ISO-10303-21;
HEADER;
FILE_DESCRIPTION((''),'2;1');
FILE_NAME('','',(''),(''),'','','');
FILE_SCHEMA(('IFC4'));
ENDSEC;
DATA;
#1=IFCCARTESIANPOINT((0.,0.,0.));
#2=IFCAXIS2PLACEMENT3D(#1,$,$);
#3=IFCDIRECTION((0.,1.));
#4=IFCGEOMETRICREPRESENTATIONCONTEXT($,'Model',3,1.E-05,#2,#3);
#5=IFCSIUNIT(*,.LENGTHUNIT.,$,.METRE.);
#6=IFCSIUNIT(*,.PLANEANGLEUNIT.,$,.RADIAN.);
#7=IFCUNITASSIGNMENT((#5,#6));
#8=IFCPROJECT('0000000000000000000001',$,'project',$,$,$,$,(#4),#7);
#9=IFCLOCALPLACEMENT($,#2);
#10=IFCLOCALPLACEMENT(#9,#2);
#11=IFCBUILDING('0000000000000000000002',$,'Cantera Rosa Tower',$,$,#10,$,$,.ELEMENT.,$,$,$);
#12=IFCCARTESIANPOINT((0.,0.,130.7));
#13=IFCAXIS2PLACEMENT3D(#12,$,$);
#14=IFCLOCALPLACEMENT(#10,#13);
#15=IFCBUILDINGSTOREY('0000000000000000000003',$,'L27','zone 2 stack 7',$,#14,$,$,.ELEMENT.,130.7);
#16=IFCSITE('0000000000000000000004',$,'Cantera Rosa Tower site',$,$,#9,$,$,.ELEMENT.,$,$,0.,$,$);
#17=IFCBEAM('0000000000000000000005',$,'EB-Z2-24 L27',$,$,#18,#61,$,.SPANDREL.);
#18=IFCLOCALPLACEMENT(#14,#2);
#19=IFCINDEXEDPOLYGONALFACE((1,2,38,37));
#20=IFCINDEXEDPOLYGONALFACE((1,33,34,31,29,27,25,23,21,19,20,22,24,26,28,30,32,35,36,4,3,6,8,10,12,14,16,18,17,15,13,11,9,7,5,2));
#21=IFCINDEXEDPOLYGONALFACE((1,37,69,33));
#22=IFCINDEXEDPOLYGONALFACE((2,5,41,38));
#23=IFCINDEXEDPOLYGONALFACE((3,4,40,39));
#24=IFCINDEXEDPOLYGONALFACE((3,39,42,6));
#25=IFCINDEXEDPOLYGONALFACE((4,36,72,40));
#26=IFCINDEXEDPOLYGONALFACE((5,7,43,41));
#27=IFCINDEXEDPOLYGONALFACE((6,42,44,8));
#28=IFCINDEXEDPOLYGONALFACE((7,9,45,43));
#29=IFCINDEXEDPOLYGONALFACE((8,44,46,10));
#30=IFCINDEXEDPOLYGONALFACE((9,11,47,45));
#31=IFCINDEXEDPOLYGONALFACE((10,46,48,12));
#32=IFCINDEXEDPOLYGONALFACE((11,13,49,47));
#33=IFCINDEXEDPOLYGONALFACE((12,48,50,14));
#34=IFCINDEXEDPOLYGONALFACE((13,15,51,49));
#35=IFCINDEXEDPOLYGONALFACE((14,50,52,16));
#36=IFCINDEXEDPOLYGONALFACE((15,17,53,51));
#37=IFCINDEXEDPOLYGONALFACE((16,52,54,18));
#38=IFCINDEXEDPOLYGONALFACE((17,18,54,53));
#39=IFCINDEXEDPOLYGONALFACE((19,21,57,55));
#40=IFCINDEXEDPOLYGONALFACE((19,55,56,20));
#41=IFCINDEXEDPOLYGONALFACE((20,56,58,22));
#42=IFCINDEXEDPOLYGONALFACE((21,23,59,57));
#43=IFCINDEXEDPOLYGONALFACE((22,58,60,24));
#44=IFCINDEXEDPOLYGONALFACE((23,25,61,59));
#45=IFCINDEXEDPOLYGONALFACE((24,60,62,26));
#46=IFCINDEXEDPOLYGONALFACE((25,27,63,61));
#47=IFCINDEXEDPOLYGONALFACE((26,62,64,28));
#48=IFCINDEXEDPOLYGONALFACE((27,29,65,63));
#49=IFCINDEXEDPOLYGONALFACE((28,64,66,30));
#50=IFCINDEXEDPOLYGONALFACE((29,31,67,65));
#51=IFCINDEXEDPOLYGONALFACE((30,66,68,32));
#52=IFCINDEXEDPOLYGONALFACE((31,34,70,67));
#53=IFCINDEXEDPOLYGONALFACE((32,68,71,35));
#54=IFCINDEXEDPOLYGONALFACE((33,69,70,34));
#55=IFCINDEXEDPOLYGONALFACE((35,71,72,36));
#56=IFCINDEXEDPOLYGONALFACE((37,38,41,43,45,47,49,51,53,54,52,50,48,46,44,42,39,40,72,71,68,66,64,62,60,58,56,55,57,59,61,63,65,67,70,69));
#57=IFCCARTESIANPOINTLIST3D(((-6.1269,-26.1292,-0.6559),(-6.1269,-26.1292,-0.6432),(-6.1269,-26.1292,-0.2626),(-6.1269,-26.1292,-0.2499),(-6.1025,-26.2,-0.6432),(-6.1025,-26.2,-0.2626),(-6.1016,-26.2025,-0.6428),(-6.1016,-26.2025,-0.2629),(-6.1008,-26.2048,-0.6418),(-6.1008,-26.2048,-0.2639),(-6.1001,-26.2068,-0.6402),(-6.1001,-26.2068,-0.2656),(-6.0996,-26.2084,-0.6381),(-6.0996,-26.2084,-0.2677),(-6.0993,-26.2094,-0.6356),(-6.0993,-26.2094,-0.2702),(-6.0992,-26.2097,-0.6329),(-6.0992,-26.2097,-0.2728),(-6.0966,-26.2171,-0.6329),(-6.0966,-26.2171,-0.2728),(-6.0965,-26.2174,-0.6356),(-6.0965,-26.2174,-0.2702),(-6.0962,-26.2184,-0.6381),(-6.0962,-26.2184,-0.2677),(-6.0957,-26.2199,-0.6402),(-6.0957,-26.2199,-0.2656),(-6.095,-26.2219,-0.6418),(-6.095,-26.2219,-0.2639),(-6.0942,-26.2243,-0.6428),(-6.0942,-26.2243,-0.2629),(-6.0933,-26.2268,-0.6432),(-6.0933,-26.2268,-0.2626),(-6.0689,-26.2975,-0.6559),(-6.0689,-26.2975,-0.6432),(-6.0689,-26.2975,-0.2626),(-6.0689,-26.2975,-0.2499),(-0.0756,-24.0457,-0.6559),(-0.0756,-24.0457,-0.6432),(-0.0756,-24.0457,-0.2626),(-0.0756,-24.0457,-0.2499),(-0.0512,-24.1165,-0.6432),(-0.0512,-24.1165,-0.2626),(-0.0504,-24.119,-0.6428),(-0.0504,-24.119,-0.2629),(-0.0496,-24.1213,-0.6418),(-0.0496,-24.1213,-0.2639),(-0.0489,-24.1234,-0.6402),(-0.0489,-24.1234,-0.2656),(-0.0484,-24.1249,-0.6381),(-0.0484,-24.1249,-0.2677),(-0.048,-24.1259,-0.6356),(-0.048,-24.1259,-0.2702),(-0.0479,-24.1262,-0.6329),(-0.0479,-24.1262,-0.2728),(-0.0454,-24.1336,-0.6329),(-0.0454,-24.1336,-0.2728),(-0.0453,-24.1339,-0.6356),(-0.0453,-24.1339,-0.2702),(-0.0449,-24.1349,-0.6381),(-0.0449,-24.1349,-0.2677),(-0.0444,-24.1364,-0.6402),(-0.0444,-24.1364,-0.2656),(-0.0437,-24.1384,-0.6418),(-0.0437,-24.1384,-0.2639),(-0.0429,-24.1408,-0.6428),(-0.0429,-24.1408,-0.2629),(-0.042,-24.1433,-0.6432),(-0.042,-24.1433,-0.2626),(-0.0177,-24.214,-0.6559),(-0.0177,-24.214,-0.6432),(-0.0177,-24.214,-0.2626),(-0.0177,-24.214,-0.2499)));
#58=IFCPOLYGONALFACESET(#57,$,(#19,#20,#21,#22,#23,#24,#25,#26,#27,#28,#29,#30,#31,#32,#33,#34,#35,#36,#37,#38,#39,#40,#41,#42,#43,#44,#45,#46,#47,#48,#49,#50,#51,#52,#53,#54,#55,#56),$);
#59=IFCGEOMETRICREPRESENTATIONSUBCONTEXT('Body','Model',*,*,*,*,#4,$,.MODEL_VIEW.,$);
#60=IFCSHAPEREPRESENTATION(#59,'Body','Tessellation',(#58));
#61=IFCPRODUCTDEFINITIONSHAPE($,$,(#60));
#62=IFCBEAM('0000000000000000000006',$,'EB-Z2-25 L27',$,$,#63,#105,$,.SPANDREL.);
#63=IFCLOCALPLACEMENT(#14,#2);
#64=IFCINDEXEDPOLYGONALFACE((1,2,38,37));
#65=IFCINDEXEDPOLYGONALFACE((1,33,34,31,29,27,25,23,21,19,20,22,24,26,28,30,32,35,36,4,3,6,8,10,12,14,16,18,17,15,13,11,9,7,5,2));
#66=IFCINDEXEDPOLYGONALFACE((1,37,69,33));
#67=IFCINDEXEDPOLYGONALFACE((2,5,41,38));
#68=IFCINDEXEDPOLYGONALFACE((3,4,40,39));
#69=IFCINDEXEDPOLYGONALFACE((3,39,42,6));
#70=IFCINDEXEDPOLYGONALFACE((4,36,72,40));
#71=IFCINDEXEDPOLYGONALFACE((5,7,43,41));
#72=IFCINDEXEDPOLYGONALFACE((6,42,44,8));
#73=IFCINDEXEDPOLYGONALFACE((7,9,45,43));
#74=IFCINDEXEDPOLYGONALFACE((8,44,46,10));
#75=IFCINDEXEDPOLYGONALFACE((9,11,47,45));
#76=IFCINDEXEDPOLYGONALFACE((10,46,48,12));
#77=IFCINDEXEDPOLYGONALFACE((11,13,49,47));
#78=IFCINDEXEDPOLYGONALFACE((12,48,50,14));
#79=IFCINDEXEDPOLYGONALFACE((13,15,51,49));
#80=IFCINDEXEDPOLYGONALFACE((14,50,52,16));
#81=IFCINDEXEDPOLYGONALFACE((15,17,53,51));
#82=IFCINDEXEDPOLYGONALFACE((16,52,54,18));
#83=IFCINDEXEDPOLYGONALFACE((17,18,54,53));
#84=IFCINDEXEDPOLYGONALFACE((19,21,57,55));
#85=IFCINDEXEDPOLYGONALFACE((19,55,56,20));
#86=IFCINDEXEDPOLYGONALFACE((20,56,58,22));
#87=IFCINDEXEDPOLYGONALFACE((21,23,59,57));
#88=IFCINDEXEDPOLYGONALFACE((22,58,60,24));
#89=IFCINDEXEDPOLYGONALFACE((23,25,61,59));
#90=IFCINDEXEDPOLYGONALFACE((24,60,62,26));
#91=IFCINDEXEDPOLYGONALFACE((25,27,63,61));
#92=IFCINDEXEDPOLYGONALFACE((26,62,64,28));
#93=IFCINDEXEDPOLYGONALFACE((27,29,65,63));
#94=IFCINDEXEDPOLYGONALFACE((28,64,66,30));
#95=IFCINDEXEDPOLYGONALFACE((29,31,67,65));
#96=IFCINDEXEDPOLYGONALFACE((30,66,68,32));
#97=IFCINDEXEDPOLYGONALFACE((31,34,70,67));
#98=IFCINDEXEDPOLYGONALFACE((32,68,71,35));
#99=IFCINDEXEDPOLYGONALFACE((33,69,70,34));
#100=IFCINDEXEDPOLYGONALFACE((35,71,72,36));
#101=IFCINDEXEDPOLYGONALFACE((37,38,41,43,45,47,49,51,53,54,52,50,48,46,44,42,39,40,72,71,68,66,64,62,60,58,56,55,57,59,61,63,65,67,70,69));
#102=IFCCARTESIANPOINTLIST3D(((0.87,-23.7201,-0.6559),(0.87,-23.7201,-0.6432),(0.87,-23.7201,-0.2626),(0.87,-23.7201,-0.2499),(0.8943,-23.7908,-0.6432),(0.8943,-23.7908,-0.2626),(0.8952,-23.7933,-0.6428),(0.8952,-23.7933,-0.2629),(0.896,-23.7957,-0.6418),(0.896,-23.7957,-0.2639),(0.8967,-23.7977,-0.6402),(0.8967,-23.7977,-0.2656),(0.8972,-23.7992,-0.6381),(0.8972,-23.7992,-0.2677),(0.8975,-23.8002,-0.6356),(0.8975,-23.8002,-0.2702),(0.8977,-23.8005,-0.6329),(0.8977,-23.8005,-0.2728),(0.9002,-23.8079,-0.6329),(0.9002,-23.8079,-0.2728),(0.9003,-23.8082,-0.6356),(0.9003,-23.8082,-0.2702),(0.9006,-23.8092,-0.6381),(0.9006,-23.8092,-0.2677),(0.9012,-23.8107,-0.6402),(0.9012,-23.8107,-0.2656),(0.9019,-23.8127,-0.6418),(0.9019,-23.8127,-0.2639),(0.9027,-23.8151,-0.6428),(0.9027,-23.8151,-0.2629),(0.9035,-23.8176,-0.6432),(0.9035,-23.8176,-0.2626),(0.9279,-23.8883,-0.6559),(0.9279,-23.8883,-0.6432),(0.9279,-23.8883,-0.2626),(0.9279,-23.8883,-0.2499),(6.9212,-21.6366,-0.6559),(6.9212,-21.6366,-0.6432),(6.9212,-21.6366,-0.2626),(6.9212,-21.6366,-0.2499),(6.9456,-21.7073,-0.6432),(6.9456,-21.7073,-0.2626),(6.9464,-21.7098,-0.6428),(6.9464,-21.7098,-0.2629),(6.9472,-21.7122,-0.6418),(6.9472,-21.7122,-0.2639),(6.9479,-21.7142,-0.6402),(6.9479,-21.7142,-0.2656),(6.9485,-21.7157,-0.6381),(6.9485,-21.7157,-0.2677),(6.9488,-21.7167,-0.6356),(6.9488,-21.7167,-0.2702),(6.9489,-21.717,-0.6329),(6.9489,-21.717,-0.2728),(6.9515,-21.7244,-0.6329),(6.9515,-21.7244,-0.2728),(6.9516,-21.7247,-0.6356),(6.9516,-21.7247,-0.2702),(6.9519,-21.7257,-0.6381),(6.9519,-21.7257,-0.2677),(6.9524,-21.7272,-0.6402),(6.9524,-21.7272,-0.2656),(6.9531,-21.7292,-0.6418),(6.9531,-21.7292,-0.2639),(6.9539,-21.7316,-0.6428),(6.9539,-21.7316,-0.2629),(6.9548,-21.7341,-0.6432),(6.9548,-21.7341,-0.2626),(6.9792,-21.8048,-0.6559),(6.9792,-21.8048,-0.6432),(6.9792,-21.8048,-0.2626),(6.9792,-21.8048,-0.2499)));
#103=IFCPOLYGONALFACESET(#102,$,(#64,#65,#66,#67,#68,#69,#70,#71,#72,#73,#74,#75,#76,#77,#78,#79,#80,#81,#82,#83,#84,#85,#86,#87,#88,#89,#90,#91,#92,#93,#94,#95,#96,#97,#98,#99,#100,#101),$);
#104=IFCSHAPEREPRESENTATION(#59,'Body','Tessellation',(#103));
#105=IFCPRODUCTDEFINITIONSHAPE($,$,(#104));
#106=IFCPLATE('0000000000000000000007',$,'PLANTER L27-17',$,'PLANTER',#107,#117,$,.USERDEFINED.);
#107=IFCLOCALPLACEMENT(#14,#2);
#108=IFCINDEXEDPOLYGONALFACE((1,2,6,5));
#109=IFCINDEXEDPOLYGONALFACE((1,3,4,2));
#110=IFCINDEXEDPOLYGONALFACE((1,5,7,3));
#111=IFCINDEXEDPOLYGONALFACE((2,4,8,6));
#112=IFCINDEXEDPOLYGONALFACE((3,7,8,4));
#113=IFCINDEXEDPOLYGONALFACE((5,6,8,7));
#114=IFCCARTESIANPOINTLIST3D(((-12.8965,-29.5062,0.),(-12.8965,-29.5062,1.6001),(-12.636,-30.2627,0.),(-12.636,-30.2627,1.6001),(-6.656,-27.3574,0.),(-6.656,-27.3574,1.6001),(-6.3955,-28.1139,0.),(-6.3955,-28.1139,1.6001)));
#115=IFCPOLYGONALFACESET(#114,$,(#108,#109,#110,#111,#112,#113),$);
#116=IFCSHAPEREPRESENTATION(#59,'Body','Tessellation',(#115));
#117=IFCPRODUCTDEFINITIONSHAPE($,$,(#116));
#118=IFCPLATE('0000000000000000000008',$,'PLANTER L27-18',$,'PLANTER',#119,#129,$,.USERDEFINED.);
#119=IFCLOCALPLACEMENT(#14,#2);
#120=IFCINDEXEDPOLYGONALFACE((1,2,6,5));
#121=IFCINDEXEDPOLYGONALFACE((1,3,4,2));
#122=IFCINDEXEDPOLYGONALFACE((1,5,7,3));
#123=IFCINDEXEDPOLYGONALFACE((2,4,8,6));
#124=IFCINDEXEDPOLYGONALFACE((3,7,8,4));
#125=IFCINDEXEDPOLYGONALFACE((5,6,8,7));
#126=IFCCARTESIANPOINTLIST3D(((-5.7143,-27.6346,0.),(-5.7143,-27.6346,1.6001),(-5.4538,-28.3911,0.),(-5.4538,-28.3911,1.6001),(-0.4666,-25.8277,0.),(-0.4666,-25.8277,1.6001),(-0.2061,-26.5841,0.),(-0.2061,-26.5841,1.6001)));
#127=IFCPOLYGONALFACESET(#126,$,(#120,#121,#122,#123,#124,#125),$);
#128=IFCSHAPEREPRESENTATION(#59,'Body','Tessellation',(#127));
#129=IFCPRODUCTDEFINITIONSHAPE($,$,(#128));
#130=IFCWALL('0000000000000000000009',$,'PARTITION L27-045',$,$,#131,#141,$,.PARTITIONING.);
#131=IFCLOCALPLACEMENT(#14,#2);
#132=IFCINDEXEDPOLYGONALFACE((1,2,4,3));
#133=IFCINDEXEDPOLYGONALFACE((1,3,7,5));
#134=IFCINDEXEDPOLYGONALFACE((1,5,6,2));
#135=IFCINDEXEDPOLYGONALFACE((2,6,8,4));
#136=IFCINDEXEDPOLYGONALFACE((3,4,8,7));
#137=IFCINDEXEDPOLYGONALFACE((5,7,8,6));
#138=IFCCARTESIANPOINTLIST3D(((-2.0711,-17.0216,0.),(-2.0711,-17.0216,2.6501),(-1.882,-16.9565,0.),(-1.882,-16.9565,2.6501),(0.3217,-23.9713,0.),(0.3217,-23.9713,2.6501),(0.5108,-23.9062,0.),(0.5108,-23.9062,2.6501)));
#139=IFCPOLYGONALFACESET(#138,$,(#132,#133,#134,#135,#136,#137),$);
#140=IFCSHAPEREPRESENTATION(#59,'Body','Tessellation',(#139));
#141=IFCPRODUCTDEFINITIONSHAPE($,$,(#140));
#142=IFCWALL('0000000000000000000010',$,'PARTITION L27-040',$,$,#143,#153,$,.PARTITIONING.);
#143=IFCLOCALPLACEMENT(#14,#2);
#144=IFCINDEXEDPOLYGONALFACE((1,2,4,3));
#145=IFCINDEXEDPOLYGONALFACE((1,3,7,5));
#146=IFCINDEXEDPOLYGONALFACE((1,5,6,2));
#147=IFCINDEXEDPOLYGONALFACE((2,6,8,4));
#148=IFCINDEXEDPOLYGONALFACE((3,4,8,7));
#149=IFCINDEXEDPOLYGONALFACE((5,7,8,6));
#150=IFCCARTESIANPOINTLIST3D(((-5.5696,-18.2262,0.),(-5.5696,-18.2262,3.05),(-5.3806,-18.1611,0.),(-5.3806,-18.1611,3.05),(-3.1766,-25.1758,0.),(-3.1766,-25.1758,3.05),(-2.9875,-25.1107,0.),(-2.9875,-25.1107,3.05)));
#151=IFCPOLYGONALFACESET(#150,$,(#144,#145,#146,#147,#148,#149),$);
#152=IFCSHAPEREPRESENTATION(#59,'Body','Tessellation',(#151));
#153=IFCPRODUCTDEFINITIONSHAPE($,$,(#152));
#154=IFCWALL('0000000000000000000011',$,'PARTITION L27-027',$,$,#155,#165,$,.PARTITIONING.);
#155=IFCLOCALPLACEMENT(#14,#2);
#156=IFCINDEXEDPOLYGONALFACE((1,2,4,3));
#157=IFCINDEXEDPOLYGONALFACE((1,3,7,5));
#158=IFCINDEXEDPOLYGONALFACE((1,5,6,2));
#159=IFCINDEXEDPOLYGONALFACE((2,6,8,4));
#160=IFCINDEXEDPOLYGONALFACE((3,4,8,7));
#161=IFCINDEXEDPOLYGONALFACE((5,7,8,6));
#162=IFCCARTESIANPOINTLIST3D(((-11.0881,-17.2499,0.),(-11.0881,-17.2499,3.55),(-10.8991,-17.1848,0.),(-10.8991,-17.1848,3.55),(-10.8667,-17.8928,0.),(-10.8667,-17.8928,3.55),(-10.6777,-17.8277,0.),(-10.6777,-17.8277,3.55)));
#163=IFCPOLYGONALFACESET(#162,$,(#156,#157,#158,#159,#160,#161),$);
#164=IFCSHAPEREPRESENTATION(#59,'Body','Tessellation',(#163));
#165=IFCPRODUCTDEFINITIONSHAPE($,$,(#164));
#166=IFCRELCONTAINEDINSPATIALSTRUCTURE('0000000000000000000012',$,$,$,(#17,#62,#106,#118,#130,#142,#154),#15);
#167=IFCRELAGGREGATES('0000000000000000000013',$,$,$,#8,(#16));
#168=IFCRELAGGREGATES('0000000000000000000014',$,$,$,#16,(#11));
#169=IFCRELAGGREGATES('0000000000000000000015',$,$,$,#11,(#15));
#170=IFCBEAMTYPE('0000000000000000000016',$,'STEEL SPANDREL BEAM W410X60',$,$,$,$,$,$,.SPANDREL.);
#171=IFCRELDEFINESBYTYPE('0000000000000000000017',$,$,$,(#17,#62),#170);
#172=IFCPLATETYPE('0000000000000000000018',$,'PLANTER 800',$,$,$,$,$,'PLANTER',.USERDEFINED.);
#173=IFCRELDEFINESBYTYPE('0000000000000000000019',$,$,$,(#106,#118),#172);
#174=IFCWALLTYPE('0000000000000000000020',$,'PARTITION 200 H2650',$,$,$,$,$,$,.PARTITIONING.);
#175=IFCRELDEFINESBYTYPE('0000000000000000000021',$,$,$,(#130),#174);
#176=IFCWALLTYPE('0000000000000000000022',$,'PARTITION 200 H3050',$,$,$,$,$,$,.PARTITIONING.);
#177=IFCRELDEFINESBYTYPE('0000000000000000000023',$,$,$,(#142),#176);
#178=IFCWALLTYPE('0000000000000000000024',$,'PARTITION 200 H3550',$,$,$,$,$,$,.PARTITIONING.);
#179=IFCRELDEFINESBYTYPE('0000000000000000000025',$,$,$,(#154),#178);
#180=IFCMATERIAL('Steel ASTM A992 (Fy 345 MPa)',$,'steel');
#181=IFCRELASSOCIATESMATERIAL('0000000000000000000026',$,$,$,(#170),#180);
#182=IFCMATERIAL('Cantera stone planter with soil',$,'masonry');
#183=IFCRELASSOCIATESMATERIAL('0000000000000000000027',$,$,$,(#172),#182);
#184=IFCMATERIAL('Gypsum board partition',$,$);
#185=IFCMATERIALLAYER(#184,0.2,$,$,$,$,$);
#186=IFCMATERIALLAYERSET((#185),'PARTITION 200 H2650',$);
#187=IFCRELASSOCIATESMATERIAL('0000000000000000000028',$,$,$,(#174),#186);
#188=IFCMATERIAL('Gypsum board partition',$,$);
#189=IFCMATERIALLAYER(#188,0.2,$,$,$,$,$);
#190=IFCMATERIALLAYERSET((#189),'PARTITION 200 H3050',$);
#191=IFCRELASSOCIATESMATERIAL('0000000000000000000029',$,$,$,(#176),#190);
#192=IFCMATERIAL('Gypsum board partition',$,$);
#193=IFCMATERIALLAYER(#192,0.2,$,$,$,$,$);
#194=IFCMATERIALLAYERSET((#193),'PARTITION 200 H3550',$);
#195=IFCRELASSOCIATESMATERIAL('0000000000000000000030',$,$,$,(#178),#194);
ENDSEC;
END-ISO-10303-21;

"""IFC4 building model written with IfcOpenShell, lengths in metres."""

from ifc_helpers import new_model, si_unit, direction, frame, frame_2d, origin, origin_2d, place, context, subcontext, project, spatial, rectangle, i_section, extrude, material, layer, layer_set, material_profile, profile_set, type_object, element, save


model = new_model("IFC4")

# Units and contexts
model_context = context("Model", 3, precision=1e-05, world=origin(), true_north=direction((0.0, 1.0)))
body_context = subcontext(model_context, "Body", "Model", "MODEL_VIEW")
ifc_project = project(units=[si_unit("LENGTHUNIT", "METRE"), si_unit("PLANEANGLEUNIT", "RADIAN")], contexts=[model_context])

# Site, building, storey
site_placement = place(None, origin())
site = spatial("IfcSite", under=ifc_project, at=site_placement, Name="Cantera Rosa Tower site", CompositionType="ELEMENT", RefElevation=0.0)
building_placement = place(site_placement, origin())
building = spatial("IfcBuilding", under=site, at=building_placement, Name="Cantera Rosa Tower", CompositionType="ELEMENT")
storey_placement = place(building_placement, frame((0.0, 0.0, 130.7)))
storey = spatial("IfcBuildingStorey", under=building, at=storey_placement, Name="L27", Description="zone 2 stack 7", CompositionType="ELEMENT", Elevation=130.7)

# Beams
ifc_material_1 = material(Name="Steel ASTM A992 (Fy 345 MPa)", Category="steel")
ifc_material_profile_1 = material_profile(ifc_material_1, i_section(OverallWidth=0.178, OverallDepth=0.406, WebThickness=0.0078, FlangeThickness=0.0127, FilletRadius=0.0103, at=origin_2d()), Name="W410X60")
ifc_profile_set_1 = profile_set([ifc_material_profile_1], Name="Steel ASTM A992 (Fy 345 MPa)")
beam_type_1 = type_object("IfcBeamType", Name="STEEL SPANDREL BEAM W410X60", PredefinedType="SPANDREL", material=ifc_profile_set_1)
for number, where, z_axis, x_axis, name in (
    (1, (-6.0979, -26.2134, -0.4529), (0.945524, 0.325551, 0.0), (-0.325551, 0.945524, 0.0), "EB-Z2-24 L27"),
    (2, (0.8989, -23.8042, -0.4529), (0.945524, 0.325551, 0.0), (-0.325551, 0.945524, 0.0), "EB-Z2-25 L27"),
):
    element("IfcBeam", number, at=place(storey_placement, frame(where, z_axis=z_axis, x_axis=x_axis)), inside=storey, type_object=beam_type_1, Name=name, PredefinedType="SPANDREL", context=body_context, shape_type="SweptSolid", body=[
        extrude(i_section(OverallWidth=0.178, OverallDepth=0.406, WebThickness=0.0078, FlangeThickness=0.0127, FilletRadius=0.0103, at=origin_2d()), origin(), (0.0, 0.0, 1.0), 6.3999),
    ])

# Plates
ifc_material_2 = material(Name="Cantera stone planter with soil", Category="masonry")
plate_type = type_object("IfcPlateType", Name="PLANTER 800", ElementType="PLANTER", PredefinedType="USERDEFINED", material=ifc_material_2)
plate_1_placement = place(storey_placement, frame((-9.646, -28.8101, 0.0), z_axis=(0.0, 0.0, 1.0), x_axis=(0.945519, 0.325568, 0.0)))
element("IfcPlate", 3, at=plate_1_placement, inside=storey, type_object=plate_type, Name="PLANTER L27-17", ObjectType="PLANTER", PredefinedType="USERDEFINED", context=body_context, shape_type="SweptSolid", body=[
    extrude(rectangle(XDim=6.6001, YDim=0.8, at=origin_2d()), origin(), (0.0, 0.0, 1.0), 1.6001),
])
plate_2_placement = place(storey_placement, frame((-2.9602, -27.1094, 0.0), z_axis=(0.0, 0.0, 1.0), x_axis=(0.945519, 0.325568, 0.0)))
element("IfcPlate", 4, at=plate_2_placement, inside=storey, type_object=plate_type, Name="PLANTER L27-18", ObjectType="PLANTER", PredefinedType="USERDEFINED", context=body_context, shape_type="SweptSolid", body=[
    extrude(rectangle(XDim=5.55, YDim=0.8, at=origin_2d()), origin(), (0.0, 0.0, 1.0), 1.6001),
])

# Walls
ifc_material_3 = material(Name="Gypsum board partition")
ifc_layer_1 = layer(ifc_material_3, 0.2)
ifc_layer_set_1 = layer_set([ifc_layer_1], Name="PARTITION 200 H2650")
wall_type_1 = type_object("IfcWallType", Name="PARTITION 200 H2650", PredefinedType="PARTITIONING", material=ifc_layer_set_1)
wall_1_placement = place(storey_placement, frame((-1.9766, -16.989, 0.0), z_axis=(0.0, 0.0, 1.0), x_axis=(0.325549, -0.945525, 0.0)))
element("IfcWall", 5, at=wall_1_placement, inside=storey, type_object=wall_type_1, Name="PARTITION L27-045", PredefinedType="PARTITIONING", context=body_context, shape_type="SweptSolid", body=[
    extrude(rectangle(XDim=7.3501, YDim=0.2, at=frame_2d((3.675, 0.0))), origin(), (0.0, 0.0, 1.0), 2.6501),
])
ifc_material_4 = material(Name="Gypsum board partition")
ifc_layer_2 = layer(ifc_material_4, 0.2)
ifc_layer_set_2 = layer_set([ifc_layer_2], Name="PARTITION 200 H3050")
wall_type_2 = type_object("IfcWallType", Name="PARTITION 200 H3050", PredefinedType="PARTITIONING", material=ifc_layer_set_2)
wall_2_placement = place(storey_placement, frame((-5.4751, -18.1936, 0.0), z_axis=(0.0, 0.0, 1.0), x_axis=(0.325579, -0.945515, 0.0)))
element("IfcWall", 6, at=wall_2_placement, inside=storey, type_object=wall_type_2, Name="PARTITION L27-040", PredefinedType="PARTITIONING", context=body_context, shape_type="SweptSolid", body=[
    extrude(rectangle(XDim=7.3501, YDim=0.2, at=frame_2d((3.675, 0.0))), origin(), (0.0, 0.0, 1.0), 3.05),
])
ifc_material_5 = material(Name="Gypsum board partition")
ifc_layer_3 = layer(ifc_material_5, 0.2)
ifc_layer_set_3 = layer_set([ifc_layer_3], Name="PARTITION 200 H3550")
wall_type_3 = type_object("IfcWallType", Name="PARTITION 200 H3550", PredefinedType="PARTITIONING", material=ifc_layer_set_3)
wall_3_placement = place(storey_placement, frame((-10.7722, -17.8601, 0.0), z_axis=(0.0, 0.0, 1.0), x_axis=(-0.325692, 0.945476, 0.0)))
element("IfcWall", 7, at=wall_3_placement, inside=storey, type_object=wall_type_3, Name="PARTITION L27-027", PredefinedType="PARTITIONING", context=body_context, shape_type="SweptSolid", body=[
    extrude(rectangle(XDim=0.6799, YDim=0.2, at=frame_2d((0.3398, 0.0))), origin(), (0.0, 0.0, 1.0), 3.55),
])

save(model, "model.ifc")
